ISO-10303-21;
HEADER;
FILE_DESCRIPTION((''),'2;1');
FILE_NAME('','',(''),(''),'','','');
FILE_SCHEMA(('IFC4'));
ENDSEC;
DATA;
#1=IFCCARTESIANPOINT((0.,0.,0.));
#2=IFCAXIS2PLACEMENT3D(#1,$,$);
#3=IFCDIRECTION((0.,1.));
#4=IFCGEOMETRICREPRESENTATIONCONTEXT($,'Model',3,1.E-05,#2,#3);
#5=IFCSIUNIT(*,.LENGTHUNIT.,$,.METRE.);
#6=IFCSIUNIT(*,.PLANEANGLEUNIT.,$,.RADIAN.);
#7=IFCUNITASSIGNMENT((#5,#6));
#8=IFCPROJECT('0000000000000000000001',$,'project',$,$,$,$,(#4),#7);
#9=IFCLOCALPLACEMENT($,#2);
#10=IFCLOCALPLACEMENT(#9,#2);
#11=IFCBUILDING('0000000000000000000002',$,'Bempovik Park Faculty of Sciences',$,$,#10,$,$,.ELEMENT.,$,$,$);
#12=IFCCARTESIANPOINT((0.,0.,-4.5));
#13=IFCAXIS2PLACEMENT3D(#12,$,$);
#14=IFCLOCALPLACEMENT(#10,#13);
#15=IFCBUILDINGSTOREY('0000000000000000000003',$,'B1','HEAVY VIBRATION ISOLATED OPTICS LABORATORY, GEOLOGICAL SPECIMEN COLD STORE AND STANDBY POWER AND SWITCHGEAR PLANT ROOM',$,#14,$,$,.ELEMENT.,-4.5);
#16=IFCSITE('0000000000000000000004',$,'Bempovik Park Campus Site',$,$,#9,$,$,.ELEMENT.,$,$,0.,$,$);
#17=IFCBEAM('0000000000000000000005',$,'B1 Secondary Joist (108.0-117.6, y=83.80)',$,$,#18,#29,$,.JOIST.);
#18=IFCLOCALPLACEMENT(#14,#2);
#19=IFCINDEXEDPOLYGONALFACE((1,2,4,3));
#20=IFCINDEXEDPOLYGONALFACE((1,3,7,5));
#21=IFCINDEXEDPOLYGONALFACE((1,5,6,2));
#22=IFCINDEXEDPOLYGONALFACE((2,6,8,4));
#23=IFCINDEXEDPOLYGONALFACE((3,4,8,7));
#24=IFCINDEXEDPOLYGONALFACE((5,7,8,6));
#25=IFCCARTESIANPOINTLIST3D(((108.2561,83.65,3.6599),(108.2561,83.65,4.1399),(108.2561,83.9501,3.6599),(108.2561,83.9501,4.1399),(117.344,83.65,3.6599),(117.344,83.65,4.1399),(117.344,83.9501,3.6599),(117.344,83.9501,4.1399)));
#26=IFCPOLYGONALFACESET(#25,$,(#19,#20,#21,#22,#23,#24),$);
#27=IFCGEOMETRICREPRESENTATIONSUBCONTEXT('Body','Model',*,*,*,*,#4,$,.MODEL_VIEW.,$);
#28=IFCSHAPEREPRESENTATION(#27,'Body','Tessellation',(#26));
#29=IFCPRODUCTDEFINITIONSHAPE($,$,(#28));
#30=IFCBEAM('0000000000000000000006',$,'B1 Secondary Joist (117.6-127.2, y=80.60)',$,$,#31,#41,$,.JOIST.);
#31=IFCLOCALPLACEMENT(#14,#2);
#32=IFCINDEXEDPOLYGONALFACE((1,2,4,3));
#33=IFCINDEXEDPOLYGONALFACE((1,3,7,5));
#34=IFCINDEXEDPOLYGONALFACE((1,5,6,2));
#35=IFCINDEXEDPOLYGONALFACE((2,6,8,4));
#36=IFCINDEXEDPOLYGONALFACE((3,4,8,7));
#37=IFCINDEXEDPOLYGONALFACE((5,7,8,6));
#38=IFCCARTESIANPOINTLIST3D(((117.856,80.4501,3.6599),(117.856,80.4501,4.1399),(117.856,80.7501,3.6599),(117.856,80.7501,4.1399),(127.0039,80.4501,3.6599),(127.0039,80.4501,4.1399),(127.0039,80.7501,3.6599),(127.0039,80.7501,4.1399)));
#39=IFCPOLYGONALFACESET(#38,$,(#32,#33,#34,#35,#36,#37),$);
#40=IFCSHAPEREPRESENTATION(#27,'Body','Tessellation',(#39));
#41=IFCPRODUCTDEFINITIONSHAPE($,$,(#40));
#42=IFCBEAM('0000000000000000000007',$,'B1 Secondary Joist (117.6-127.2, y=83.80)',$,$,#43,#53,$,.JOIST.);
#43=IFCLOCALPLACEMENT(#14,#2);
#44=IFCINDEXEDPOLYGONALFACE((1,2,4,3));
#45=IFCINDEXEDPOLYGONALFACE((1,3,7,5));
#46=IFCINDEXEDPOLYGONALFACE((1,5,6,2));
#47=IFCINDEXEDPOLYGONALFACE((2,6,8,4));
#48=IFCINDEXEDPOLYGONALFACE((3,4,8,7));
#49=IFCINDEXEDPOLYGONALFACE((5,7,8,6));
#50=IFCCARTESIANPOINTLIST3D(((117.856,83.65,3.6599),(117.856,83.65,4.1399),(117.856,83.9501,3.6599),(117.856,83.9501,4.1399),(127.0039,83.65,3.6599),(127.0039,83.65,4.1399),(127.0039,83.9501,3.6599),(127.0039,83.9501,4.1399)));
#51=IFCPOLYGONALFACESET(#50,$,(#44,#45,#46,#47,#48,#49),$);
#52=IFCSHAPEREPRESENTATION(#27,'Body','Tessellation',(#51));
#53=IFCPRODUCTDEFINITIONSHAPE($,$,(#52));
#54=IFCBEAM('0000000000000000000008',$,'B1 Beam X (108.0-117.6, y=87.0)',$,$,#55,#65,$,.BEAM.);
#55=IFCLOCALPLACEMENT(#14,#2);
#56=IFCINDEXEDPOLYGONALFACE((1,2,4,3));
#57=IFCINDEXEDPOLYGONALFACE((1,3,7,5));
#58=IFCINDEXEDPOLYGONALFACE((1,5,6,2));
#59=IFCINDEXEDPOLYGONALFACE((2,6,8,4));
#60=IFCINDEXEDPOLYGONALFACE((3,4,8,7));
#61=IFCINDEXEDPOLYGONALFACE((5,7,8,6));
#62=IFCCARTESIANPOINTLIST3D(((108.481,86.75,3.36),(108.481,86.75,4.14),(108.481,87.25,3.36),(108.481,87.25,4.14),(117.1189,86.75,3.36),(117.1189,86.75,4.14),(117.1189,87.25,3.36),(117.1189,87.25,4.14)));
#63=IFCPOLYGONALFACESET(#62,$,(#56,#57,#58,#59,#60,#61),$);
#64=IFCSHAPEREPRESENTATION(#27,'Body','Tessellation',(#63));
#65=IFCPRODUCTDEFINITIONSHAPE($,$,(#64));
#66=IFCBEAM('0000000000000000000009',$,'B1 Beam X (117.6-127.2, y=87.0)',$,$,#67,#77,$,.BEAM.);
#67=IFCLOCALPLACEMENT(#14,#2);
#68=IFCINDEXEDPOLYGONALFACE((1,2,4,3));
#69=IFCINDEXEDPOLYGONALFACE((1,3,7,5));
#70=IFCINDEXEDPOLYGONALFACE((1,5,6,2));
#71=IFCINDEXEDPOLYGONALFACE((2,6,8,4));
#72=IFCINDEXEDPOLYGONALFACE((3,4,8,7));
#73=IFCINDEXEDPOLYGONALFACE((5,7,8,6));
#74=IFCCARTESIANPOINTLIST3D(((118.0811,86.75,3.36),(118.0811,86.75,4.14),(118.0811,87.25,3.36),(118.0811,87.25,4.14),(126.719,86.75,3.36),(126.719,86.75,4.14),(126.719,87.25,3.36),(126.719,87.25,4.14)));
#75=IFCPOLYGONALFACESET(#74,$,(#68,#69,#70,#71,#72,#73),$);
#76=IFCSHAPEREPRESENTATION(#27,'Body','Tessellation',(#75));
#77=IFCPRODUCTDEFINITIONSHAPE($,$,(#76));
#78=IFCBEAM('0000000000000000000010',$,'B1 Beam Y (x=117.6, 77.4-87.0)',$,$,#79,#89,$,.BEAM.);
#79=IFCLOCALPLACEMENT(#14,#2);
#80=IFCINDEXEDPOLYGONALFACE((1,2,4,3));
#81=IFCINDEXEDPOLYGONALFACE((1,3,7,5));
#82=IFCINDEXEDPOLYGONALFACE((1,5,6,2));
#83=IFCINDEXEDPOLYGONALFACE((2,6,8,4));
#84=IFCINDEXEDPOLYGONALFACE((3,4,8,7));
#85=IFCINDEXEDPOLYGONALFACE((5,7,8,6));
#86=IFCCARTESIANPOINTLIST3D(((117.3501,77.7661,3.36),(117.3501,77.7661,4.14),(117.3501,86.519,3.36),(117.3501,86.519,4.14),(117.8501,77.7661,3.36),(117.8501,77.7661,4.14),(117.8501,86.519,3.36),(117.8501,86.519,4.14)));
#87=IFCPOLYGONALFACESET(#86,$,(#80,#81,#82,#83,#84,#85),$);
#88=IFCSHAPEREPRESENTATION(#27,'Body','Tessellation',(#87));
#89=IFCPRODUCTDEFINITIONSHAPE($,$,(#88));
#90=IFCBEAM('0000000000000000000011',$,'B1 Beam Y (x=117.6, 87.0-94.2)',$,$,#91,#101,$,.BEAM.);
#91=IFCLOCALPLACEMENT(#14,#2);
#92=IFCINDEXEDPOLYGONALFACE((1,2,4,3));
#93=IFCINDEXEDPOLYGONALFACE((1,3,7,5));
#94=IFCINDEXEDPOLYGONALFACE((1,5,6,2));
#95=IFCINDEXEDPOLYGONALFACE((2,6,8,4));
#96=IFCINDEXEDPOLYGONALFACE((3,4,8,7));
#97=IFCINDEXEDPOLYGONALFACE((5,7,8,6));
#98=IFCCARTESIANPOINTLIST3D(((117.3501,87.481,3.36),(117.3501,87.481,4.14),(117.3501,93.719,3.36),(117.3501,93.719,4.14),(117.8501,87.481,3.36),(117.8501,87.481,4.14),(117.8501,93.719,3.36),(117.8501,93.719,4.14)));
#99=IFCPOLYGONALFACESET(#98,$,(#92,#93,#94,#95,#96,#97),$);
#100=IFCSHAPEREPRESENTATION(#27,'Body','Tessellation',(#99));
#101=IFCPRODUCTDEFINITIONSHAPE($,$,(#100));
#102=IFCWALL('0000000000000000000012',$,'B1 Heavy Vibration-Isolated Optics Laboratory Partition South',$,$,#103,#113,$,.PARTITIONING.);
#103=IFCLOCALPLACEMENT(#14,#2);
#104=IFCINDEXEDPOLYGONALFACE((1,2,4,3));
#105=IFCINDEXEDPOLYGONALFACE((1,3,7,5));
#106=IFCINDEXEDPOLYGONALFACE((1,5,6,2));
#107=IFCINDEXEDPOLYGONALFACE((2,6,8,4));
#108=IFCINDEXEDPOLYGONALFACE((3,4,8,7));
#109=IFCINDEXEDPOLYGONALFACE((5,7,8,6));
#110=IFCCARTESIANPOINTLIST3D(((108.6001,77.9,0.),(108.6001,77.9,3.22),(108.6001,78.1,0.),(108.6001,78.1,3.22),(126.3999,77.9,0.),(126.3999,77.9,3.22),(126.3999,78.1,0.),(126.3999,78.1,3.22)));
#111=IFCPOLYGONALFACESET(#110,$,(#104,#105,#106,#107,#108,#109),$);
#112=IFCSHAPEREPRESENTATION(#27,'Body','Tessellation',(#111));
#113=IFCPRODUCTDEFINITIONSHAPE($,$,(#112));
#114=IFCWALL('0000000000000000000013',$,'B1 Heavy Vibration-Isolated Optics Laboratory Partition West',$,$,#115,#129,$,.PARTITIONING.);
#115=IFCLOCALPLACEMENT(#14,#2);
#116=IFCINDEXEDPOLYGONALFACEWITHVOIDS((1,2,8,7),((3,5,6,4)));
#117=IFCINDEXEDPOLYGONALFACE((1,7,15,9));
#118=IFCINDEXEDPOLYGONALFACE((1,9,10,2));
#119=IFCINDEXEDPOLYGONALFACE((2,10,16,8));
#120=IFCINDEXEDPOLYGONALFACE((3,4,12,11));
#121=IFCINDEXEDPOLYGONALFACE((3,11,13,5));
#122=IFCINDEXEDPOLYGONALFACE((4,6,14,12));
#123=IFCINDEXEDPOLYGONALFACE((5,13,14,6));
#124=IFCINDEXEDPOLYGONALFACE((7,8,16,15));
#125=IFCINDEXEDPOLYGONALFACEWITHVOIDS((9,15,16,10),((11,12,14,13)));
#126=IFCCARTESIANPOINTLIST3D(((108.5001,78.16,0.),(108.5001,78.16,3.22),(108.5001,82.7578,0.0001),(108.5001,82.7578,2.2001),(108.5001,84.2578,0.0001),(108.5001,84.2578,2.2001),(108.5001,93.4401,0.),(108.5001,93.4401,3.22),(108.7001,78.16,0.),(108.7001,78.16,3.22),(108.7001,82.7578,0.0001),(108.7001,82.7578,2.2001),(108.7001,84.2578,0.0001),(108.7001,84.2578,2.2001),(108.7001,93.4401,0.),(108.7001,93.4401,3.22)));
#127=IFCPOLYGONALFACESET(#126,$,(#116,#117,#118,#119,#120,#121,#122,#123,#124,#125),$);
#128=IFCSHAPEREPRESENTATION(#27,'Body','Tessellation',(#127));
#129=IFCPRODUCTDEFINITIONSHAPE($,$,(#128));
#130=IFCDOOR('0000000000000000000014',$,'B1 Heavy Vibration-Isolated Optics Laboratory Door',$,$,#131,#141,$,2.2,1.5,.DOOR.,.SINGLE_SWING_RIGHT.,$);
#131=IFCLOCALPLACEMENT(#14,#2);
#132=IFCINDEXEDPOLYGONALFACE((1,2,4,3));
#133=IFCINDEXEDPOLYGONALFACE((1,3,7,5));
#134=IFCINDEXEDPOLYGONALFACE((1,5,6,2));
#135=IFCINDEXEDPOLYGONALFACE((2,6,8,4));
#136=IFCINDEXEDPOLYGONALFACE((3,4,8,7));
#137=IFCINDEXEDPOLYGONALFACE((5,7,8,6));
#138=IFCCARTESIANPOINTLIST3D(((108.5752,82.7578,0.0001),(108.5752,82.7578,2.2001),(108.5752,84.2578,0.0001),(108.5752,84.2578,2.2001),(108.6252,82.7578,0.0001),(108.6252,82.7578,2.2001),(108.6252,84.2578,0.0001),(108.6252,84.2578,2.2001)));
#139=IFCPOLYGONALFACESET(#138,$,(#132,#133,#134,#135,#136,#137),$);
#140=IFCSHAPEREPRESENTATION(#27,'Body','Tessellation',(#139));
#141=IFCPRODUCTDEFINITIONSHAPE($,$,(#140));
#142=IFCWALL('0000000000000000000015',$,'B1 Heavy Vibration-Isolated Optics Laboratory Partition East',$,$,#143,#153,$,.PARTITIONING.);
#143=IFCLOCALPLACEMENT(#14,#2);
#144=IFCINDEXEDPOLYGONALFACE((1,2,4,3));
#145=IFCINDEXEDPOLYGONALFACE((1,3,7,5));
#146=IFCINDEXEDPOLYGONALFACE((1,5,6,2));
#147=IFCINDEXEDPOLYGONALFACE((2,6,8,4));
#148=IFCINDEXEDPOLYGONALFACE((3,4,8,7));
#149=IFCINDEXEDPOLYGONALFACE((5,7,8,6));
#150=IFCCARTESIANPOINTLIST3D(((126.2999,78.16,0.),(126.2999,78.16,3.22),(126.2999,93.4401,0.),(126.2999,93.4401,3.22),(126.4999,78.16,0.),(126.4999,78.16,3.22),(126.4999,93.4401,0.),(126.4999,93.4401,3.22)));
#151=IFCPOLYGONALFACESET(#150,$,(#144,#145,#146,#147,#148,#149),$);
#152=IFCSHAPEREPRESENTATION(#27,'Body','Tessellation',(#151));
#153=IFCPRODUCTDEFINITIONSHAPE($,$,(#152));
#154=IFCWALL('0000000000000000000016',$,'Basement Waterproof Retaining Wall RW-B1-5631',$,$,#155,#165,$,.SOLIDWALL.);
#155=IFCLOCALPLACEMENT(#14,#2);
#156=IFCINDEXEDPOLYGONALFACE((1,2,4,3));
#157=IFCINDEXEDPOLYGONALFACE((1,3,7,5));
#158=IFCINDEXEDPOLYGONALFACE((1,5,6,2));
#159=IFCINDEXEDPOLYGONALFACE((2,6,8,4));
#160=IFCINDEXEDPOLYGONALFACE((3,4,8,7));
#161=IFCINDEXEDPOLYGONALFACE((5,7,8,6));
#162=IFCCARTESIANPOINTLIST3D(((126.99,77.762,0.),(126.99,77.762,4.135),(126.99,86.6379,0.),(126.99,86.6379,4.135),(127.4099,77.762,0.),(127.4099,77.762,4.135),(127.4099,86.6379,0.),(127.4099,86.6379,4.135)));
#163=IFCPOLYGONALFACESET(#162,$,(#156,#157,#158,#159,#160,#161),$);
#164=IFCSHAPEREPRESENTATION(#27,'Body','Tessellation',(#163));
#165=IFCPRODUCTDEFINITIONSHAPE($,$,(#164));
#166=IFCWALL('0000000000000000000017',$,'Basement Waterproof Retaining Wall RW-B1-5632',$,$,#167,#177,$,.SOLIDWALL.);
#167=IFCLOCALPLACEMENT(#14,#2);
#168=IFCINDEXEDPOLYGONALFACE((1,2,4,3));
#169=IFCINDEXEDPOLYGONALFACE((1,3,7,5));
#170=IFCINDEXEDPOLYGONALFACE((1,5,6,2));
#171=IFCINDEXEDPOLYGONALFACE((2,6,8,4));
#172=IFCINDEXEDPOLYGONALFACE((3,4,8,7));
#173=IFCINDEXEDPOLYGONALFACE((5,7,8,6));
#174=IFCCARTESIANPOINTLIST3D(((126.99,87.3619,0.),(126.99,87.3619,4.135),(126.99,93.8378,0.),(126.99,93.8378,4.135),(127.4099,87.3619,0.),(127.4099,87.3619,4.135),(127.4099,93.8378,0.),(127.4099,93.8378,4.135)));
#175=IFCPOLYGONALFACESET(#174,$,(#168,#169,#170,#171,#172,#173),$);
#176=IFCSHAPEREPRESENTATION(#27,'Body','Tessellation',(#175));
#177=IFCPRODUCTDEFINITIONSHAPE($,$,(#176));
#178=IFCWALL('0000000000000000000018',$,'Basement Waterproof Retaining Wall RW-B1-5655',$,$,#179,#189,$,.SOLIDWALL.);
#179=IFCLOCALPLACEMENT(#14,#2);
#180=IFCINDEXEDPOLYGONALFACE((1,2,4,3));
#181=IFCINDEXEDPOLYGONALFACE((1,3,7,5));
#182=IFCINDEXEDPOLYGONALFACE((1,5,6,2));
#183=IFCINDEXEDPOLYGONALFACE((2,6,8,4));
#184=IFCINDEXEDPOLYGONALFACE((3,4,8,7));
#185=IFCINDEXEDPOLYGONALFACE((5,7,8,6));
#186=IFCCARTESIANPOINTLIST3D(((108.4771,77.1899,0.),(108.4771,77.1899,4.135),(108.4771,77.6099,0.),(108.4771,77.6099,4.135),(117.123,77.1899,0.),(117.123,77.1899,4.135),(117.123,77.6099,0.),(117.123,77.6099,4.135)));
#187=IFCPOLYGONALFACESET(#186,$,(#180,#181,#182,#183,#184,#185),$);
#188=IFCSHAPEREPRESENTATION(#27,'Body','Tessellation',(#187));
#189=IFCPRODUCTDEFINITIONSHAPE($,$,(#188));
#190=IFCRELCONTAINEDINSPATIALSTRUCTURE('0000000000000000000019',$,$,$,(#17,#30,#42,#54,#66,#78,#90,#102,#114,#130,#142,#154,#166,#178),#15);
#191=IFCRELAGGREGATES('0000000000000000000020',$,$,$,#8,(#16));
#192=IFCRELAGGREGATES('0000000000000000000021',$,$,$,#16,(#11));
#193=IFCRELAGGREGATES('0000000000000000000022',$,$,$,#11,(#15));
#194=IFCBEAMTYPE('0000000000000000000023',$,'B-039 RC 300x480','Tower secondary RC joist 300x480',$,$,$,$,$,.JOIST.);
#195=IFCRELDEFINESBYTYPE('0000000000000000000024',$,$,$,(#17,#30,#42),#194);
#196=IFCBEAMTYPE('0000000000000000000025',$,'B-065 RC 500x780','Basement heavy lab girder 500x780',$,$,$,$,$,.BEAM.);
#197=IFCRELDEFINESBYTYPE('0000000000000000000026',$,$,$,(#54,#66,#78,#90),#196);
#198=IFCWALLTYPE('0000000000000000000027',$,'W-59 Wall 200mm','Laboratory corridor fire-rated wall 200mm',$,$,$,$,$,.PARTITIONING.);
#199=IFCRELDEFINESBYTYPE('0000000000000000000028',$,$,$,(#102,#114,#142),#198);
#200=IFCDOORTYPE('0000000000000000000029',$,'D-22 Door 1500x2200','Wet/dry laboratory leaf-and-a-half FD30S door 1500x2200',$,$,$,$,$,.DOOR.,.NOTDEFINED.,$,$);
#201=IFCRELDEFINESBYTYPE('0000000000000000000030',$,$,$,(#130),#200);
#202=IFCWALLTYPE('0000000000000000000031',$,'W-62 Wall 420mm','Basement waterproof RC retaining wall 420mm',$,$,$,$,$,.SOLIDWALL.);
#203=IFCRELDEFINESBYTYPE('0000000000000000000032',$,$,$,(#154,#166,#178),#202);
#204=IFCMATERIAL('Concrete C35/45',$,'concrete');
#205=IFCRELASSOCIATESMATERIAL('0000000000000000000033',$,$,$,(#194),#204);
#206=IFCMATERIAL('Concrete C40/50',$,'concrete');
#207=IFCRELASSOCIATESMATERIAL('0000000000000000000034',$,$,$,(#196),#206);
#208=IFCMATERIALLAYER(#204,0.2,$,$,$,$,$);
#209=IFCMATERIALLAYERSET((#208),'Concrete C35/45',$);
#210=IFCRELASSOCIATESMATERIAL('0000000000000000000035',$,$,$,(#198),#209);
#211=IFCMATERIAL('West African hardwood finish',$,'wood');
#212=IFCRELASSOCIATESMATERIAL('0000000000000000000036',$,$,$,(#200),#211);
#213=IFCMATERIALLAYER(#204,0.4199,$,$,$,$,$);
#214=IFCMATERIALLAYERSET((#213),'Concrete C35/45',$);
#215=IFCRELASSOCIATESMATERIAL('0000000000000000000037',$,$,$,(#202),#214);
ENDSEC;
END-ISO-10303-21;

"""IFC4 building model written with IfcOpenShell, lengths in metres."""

from ifc_helpers import new_model, si_unit, direction, frame, frame_2d, origin, origin_2d, place, context, subcontext, project, spatial, rectangle, extrude, material, layer, layer_set, material_profile, profile_set, type_object, element, fill, save


model = new_model("IFC4")

# Units and contexts
model_context = context("Model", 3, precision=1e-05, world=origin(), true_north=direction((0.0, 1.0)))
body_context = subcontext(model_context, "Body", "Model", "MODEL_VIEW")
ifc_project = project(units=[si_unit("LENGTHUNIT", "METRE"), si_unit("PLANEANGLEUNIT", "RADIAN")], contexts=[model_context])

# Site, building, storey
site_placement = place(None, origin())
site = spatial("IfcSite", under=ifc_project, at=site_placement, Name="Bempovik Park Campus Site", CompositionType="ELEMENT", RefElevation=0.0)
building_placement = place(site_placement, origin())
building = spatial("IfcBuilding", under=site, at=building_placement, Name="Bempovik Park Faculty of Sciences", CompositionType="ELEMENT")
storey_placement = place(building_placement, frame((0.0, 0.0, -4.5)))
storey = spatial("IfcBuildingStorey", under=building, at=storey_placement, Name="B1", Description="HEAVY VIBRATION ISOLATED OPTICS LABORATORY, GEOLOGICAL SPECIMEN COLD STORE AND STANDBY POWER AND SWITCHGEAR PLANT ROOM", CompositionType="ELEMENT", Elevation=-4.5)

# Shared definitions
ifc_material_1 = material(Name="Concrete C35/45", Category="concrete")

# Shared definitions
ifc_material_2 = material(Name="Concrete C40/50", Category="concrete")

# Beams
ifc_material_profile_1 = material_profile(ifc_material_1, rectangle(XDim=0.3, YDim=0.48, at=origin_2d()), Name="RC 300x480")
ifc_profile_set_1 = profile_set([ifc_material_profile_1], Name="Concrete C35/45")
beam_type_1 = type_object("IfcBeamType", Name="B-039 RC 300x480", Description="Tower secondary RC joist 300x480", PredefinedType="JOIST", material=ifc_profile_set_1)
for number, where, z_axis, x_axis, name in (
    (1, (108.2561, 83.8, 3.8999), (1.0, 0.0, 0.0), (0.0, 1.0, 0.0), "B1 Secondary Joist (108.0-117.6, y=83.80)"),
):
    element("IfcBeam", number, at=place(storey_placement, frame(where, z_axis=z_axis, x_axis=x_axis)), inside=storey, type_object=beam_type_1, Name=name, PredefinedType="JOIST", context=body_context, shape_type="SweptSolid", body=[
        extrude(rectangle(XDim=0.3, YDim=0.48, at=origin_2d()), origin(), (0.0, 0.0, 1.0), 9.0879),
    ])
for number, where, z_axis, x_axis, name in (
    (2, (117.856, 80.6001, 3.8999), (1.0, 0.0, 0.0), (0.0, 1.0, 0.0), "B1 Secondary Joist (117.6-127.2, y=80.60)"),
    (3, (117.856, 83.8, 3.8999), (1.0, 0.0, 0.0), (0.0, 1.0, 0.0), "B1 Secondary Joist (117.6-127.2, y=83.80)"),
):
    element("IfcBeam", number, at=place(storey_placement, frame(where, z_axis=z_axis, x_axis=x_axis)), inside=storey, type_object=beam_type_1, Name=name, PredefinedType="JOIST", context=body_context, shape_type="SweptSolid", body=[
        extrude(rectangle(XDim=0.3, YDim=0.48, at=origin_2d()), origin(), (0.0, 0.0, 1.0), 9.1479),
    ])
ifc_material_profile_2 = material_profile(ifc_material_2, rectangle(XDim=0.5, YDim=0.78, at=origin_2d()), Name="RC 500x780")
ifc_profile_set_2 = profile_set([ifc_material_profile_2], Name="Concrete C40/50")
beam_type_2 = type_object("IfcBeamType", Name="B-065 RC 500x780", Description="Basement heavy lab girder 500x780", PredefinedType="BEAM", material=ifc_profile_set_2)
for number, where, z_axis, x_axis, name in (
    (4, (108.481, 87.0, 3.75), (1.0, 0.0, 0.0), (0.0, 1.0, 0.0), "B1 Beam X (108.0-117.6, y=87.0)"),
    (5, (118.0811, 87.0, 3.75), (1.0, 0.0, 0.0), (0.0, 1.0, 0.0), "B1 Beam X (117.6-127.2, y=87.0)"),
):
    element("IfcBeam", number, at=place(storey_placement, frame(where, z_axis=z_axis, x_axis=x_axis)), inside=storey, type_object=beam_type_2, Name=name, PredefinedType="BEAM", context=body_context, shape_type="SweptSolid", body=[
        extrude(rectangle(XDim=0.5, YDim=0.78, at=origin_2d()), origin(), (0.0, 0.0, 1.0), 8.6379),
    ])
beam_1_placement = place(storey_placement, frame((117.6001, 77.7661, 3.75), z_axis=(0.0, 1.0, 0.0), x_axis=(-1.0, 0.0, 0.0)))
element("IfcBeam", 6, at=beam_1_placement, inside=storey, type_object=beam_type_2, Name="B1 Beam Y (x=117.6, 77.4-87.0)", PredefinedType="BEAM", context=body_context, shape_type="SweptSolid", body=[
    extrude(rectangle(XDim=0.5, YDim=0.78, at=origin_2d()), origin(), (0.0, 0.0, 1.0), 8.7529),
])
beam_2_placement = place(storey_placement, frame((117.6001, 87.481, 3.75), z_axis=(0.0, 1.0, 0.0), x_axis=(-1.0, 0.0, 0.0)))
element("IfcBeam", 7, at=beam_2_placement, inside=storey, type_object=beam_type_2, Name="B1 Beam Y (x=117.6, 87.0-94.2)", PredefinedType="BEAM", context=body_context, shape_type="SweptSolid", body=[
    extrude(rectangle(XDim=0.5, YDim=0.78, at=origin_2d()), origin(), (0.0, 0.0, 1.0), 6.238),
])

# Wall
ifc_layer_1 = layer(ifc_material_1, 0.2)
ifc_layer_set_1 = layer_set([ifc_layer_1], Name="Concrete C35/45")
wall_type_1 = type_object("IfcWallType", Name="W-59 Wall 200mm", Description="Laboratory corridor fire-rated wall 200mm", PredefinedType="PARTITIONING", material=ifc_layer_set_1)
wall_1_placement = place(storey_placement, frame((108.6001, 78.0, 0.0), z_axis=(0.0, 0.0, 1.0), x_axis=(1.0, 0.0, 0.0)))
element("IfcWall", 8, at=wall_1_placement, inside=storey, type_object=wall_type_1, Name="B1 Heavy Vibration-Isolated Optics Laboratory Partition South", PredefinedType="PARTITIONING", context=body_context, shape_type="SweptSolid", body=[
    extrude(rectangle(XDim=17.7998, YDim=0.2, at=frame_2d((8.8999, 0.0))), origin(), (0.0, 0.0, 1.0), 3.22),
])

# Wall, opening, door
wall_2_placement = place(storey_placement, frame((108.6001, 78.1599, 0.0), z_axis=(0.0, 0.0, 1.0), x_axis=(0.0, 1.0, 0.0)))
wall_2 = element("IfcWall", 9, at=wall_2_placement, inside=storey, type_object=wall_type_1, Name="B1 Heavy Vibration-Isolated Optics Laboratory Partition West", PredefinedType="PARTITIONING", context=body_context, shape_type="SweptSolid", body=[
    extrude(rectangle(XDim=15.28, YDim=0.2, at=frame_2d((7.6401, 0.0))), origin(), (0.0, 0.0, 1.0), 3.22),
])
opening_placement = place(wall_2_placement, frame((4.5979, 0.0, 0.0)))
opening = element("IfcOpeningElement", 10, at=opening_placement, cuts=wall_2, PredefinedType="OPENING", context=body_context, shape_type="SweptSolid", body=[
    extrude(rectangle(XDim=1.5, YDim=2.2, at=frame_2d((0.75, 1.1001))), frame((0.0, 0.1099, 0.0), z_axis=(0.0, -1.0, 0.0), x_axis=(1.0, 0.0, 0.0)), (0.0, 0.0, 1.0), 0.22),
])
ifc_material_3 = material(Name="West African hardwood finish", Category="wood")
door_type = type_object("IfcDoorType", Name="D-22 Door 1500x2200", Description="Wet/dry laboratory leaf-and-a-half FD30S door 1500x2200", OperationType="NOTDEFINED", PredefinedType="DOOR", material=ifc_material_3)
door_placement = place(opening_placement, origin())
door = element("IfcDoor", 11, at=door_placement, inside=storey, type_object=door_type, Name="B1 Heavy Vibration-Isolated Optics Laboratory Door", OperationType="SINGLE_SWING_RIGHT", OverallHeight=2.2, OverallWidth=1.5, PredefinedType="DOOR", context=body_context, shape_type="SweptSolid", body=[
    extrude(rectangle(XDim=1.5, YDim=2.2, at=frame_2d((0.75, 1.1001))), frame((0.0, 0.0249, 0.0), z_axis=(0.0, -1.0, 0.0), x_axis=(1.0, 0.0, 0.0)), (0.0, 0.0, 1.0), 0.05),
])
fill(opening, door)

# Walls
wall_3_placement = place(storey_placement, frame((126.3999, 78.1599, 0.0), z_axis=(0.0, 0.0, 1.0), x_axis=(0.0, 1.0, 0.0)))
element("IfcWall", 12, at=wall_3_placement, inside=storey, type_object=wall_type_1, Name="B1 Heavy Vibration-Isolated Optics Laboratory Partition East", PredefinedType="PARTITIONING", context=body_context, shape_type="SweptSolid", body=[
    extrude(rectangle(XDim=15.28, YDim=0.2, at=frame_2d((7.6401, 0.0))), origin(), (0.0, 0.0, 1.0), 3.22),
])
ifc_layer_2 = layer(ifc_material_1, 0.4199)
ifc_layer_set_2 = layer_set([ifc_layer_2], Name="Concrete C35/45")
wall_type_2 = type_object("IfcWallType", Name="W-62 Wall 420mm", Description="Basement waterproof RC retaining wall 420mm", PredefinedType="SOLIDWALL", material=ifc_layer_set_2)
wall_4_placement = place(storey_placement, frame((127.2, 77.762, 0.0), z_axis=(0.0, 0.0, 1.0), x_axis=(0.0, 1.0, 0.0)))
element("IfcWall", 13, at=wall_4_placement, inside=storey, type_object=wall_type_2, Name="Basement Waterproof Retaining Wall RW-B1-5631", PredefinedType="SOLIDWALL", context=body_context, shape_type="SweptSolid", body=[
    extrude(rectangle(XDim=8.876, YDim=0.4199, at=frame_2d((4.438, 0.0))), origin(), (0.0, 0.0, 1.0), 4.135),
])
wall_5_placement = place(storey_placement, frame((127.2, 87.3621, 0.0), z_axis=(0.0, 0.0, 1.0), x_axis=(0.0, 1.0, 0.0)))
element("IfcWall", 14, at=wall_5_placement, inside=storey, type_object=wall_type_2, Name="Basement Waterproof Retaining Wall RW-B1-5632", PredefinedType="SOLIDWALL", context=body_context, shape_type="SweptSolid", body=[
    extrude(rectangle(XDim=6.4758, YDim=0.4199, at=frame_2d((3.2378, 0.0))), origin(), (0.0, 0.0, 1.0), 4.135),
])
for number, where, z_axis, x_axis, name in (
    (15, (108.4771, 77.3999, 0.0), (0.0, 0.0, 1.0), (1.0, 0.0, 0.0), "Basement Waterproof Retaining Wall RW-B1-5655"),
):
    element("IfcWall", number, at=place(storey_placement, frame(where, z_axis=z_axis, x_axis=x_axis)), inside=storey, type_object=wall_type_2, Name=name, PredefinedType="SOLIDWALL", context=body_context, shape_type="SweptSolid", body=[
        extrude(rectangle(XDim=8.646, YDim=0.4199, at=frame_2d((4.323, 0.0))), origin(), (0.0, 0.0, 1.0), 4.135),
    ])

save(model, "model.ifc")
